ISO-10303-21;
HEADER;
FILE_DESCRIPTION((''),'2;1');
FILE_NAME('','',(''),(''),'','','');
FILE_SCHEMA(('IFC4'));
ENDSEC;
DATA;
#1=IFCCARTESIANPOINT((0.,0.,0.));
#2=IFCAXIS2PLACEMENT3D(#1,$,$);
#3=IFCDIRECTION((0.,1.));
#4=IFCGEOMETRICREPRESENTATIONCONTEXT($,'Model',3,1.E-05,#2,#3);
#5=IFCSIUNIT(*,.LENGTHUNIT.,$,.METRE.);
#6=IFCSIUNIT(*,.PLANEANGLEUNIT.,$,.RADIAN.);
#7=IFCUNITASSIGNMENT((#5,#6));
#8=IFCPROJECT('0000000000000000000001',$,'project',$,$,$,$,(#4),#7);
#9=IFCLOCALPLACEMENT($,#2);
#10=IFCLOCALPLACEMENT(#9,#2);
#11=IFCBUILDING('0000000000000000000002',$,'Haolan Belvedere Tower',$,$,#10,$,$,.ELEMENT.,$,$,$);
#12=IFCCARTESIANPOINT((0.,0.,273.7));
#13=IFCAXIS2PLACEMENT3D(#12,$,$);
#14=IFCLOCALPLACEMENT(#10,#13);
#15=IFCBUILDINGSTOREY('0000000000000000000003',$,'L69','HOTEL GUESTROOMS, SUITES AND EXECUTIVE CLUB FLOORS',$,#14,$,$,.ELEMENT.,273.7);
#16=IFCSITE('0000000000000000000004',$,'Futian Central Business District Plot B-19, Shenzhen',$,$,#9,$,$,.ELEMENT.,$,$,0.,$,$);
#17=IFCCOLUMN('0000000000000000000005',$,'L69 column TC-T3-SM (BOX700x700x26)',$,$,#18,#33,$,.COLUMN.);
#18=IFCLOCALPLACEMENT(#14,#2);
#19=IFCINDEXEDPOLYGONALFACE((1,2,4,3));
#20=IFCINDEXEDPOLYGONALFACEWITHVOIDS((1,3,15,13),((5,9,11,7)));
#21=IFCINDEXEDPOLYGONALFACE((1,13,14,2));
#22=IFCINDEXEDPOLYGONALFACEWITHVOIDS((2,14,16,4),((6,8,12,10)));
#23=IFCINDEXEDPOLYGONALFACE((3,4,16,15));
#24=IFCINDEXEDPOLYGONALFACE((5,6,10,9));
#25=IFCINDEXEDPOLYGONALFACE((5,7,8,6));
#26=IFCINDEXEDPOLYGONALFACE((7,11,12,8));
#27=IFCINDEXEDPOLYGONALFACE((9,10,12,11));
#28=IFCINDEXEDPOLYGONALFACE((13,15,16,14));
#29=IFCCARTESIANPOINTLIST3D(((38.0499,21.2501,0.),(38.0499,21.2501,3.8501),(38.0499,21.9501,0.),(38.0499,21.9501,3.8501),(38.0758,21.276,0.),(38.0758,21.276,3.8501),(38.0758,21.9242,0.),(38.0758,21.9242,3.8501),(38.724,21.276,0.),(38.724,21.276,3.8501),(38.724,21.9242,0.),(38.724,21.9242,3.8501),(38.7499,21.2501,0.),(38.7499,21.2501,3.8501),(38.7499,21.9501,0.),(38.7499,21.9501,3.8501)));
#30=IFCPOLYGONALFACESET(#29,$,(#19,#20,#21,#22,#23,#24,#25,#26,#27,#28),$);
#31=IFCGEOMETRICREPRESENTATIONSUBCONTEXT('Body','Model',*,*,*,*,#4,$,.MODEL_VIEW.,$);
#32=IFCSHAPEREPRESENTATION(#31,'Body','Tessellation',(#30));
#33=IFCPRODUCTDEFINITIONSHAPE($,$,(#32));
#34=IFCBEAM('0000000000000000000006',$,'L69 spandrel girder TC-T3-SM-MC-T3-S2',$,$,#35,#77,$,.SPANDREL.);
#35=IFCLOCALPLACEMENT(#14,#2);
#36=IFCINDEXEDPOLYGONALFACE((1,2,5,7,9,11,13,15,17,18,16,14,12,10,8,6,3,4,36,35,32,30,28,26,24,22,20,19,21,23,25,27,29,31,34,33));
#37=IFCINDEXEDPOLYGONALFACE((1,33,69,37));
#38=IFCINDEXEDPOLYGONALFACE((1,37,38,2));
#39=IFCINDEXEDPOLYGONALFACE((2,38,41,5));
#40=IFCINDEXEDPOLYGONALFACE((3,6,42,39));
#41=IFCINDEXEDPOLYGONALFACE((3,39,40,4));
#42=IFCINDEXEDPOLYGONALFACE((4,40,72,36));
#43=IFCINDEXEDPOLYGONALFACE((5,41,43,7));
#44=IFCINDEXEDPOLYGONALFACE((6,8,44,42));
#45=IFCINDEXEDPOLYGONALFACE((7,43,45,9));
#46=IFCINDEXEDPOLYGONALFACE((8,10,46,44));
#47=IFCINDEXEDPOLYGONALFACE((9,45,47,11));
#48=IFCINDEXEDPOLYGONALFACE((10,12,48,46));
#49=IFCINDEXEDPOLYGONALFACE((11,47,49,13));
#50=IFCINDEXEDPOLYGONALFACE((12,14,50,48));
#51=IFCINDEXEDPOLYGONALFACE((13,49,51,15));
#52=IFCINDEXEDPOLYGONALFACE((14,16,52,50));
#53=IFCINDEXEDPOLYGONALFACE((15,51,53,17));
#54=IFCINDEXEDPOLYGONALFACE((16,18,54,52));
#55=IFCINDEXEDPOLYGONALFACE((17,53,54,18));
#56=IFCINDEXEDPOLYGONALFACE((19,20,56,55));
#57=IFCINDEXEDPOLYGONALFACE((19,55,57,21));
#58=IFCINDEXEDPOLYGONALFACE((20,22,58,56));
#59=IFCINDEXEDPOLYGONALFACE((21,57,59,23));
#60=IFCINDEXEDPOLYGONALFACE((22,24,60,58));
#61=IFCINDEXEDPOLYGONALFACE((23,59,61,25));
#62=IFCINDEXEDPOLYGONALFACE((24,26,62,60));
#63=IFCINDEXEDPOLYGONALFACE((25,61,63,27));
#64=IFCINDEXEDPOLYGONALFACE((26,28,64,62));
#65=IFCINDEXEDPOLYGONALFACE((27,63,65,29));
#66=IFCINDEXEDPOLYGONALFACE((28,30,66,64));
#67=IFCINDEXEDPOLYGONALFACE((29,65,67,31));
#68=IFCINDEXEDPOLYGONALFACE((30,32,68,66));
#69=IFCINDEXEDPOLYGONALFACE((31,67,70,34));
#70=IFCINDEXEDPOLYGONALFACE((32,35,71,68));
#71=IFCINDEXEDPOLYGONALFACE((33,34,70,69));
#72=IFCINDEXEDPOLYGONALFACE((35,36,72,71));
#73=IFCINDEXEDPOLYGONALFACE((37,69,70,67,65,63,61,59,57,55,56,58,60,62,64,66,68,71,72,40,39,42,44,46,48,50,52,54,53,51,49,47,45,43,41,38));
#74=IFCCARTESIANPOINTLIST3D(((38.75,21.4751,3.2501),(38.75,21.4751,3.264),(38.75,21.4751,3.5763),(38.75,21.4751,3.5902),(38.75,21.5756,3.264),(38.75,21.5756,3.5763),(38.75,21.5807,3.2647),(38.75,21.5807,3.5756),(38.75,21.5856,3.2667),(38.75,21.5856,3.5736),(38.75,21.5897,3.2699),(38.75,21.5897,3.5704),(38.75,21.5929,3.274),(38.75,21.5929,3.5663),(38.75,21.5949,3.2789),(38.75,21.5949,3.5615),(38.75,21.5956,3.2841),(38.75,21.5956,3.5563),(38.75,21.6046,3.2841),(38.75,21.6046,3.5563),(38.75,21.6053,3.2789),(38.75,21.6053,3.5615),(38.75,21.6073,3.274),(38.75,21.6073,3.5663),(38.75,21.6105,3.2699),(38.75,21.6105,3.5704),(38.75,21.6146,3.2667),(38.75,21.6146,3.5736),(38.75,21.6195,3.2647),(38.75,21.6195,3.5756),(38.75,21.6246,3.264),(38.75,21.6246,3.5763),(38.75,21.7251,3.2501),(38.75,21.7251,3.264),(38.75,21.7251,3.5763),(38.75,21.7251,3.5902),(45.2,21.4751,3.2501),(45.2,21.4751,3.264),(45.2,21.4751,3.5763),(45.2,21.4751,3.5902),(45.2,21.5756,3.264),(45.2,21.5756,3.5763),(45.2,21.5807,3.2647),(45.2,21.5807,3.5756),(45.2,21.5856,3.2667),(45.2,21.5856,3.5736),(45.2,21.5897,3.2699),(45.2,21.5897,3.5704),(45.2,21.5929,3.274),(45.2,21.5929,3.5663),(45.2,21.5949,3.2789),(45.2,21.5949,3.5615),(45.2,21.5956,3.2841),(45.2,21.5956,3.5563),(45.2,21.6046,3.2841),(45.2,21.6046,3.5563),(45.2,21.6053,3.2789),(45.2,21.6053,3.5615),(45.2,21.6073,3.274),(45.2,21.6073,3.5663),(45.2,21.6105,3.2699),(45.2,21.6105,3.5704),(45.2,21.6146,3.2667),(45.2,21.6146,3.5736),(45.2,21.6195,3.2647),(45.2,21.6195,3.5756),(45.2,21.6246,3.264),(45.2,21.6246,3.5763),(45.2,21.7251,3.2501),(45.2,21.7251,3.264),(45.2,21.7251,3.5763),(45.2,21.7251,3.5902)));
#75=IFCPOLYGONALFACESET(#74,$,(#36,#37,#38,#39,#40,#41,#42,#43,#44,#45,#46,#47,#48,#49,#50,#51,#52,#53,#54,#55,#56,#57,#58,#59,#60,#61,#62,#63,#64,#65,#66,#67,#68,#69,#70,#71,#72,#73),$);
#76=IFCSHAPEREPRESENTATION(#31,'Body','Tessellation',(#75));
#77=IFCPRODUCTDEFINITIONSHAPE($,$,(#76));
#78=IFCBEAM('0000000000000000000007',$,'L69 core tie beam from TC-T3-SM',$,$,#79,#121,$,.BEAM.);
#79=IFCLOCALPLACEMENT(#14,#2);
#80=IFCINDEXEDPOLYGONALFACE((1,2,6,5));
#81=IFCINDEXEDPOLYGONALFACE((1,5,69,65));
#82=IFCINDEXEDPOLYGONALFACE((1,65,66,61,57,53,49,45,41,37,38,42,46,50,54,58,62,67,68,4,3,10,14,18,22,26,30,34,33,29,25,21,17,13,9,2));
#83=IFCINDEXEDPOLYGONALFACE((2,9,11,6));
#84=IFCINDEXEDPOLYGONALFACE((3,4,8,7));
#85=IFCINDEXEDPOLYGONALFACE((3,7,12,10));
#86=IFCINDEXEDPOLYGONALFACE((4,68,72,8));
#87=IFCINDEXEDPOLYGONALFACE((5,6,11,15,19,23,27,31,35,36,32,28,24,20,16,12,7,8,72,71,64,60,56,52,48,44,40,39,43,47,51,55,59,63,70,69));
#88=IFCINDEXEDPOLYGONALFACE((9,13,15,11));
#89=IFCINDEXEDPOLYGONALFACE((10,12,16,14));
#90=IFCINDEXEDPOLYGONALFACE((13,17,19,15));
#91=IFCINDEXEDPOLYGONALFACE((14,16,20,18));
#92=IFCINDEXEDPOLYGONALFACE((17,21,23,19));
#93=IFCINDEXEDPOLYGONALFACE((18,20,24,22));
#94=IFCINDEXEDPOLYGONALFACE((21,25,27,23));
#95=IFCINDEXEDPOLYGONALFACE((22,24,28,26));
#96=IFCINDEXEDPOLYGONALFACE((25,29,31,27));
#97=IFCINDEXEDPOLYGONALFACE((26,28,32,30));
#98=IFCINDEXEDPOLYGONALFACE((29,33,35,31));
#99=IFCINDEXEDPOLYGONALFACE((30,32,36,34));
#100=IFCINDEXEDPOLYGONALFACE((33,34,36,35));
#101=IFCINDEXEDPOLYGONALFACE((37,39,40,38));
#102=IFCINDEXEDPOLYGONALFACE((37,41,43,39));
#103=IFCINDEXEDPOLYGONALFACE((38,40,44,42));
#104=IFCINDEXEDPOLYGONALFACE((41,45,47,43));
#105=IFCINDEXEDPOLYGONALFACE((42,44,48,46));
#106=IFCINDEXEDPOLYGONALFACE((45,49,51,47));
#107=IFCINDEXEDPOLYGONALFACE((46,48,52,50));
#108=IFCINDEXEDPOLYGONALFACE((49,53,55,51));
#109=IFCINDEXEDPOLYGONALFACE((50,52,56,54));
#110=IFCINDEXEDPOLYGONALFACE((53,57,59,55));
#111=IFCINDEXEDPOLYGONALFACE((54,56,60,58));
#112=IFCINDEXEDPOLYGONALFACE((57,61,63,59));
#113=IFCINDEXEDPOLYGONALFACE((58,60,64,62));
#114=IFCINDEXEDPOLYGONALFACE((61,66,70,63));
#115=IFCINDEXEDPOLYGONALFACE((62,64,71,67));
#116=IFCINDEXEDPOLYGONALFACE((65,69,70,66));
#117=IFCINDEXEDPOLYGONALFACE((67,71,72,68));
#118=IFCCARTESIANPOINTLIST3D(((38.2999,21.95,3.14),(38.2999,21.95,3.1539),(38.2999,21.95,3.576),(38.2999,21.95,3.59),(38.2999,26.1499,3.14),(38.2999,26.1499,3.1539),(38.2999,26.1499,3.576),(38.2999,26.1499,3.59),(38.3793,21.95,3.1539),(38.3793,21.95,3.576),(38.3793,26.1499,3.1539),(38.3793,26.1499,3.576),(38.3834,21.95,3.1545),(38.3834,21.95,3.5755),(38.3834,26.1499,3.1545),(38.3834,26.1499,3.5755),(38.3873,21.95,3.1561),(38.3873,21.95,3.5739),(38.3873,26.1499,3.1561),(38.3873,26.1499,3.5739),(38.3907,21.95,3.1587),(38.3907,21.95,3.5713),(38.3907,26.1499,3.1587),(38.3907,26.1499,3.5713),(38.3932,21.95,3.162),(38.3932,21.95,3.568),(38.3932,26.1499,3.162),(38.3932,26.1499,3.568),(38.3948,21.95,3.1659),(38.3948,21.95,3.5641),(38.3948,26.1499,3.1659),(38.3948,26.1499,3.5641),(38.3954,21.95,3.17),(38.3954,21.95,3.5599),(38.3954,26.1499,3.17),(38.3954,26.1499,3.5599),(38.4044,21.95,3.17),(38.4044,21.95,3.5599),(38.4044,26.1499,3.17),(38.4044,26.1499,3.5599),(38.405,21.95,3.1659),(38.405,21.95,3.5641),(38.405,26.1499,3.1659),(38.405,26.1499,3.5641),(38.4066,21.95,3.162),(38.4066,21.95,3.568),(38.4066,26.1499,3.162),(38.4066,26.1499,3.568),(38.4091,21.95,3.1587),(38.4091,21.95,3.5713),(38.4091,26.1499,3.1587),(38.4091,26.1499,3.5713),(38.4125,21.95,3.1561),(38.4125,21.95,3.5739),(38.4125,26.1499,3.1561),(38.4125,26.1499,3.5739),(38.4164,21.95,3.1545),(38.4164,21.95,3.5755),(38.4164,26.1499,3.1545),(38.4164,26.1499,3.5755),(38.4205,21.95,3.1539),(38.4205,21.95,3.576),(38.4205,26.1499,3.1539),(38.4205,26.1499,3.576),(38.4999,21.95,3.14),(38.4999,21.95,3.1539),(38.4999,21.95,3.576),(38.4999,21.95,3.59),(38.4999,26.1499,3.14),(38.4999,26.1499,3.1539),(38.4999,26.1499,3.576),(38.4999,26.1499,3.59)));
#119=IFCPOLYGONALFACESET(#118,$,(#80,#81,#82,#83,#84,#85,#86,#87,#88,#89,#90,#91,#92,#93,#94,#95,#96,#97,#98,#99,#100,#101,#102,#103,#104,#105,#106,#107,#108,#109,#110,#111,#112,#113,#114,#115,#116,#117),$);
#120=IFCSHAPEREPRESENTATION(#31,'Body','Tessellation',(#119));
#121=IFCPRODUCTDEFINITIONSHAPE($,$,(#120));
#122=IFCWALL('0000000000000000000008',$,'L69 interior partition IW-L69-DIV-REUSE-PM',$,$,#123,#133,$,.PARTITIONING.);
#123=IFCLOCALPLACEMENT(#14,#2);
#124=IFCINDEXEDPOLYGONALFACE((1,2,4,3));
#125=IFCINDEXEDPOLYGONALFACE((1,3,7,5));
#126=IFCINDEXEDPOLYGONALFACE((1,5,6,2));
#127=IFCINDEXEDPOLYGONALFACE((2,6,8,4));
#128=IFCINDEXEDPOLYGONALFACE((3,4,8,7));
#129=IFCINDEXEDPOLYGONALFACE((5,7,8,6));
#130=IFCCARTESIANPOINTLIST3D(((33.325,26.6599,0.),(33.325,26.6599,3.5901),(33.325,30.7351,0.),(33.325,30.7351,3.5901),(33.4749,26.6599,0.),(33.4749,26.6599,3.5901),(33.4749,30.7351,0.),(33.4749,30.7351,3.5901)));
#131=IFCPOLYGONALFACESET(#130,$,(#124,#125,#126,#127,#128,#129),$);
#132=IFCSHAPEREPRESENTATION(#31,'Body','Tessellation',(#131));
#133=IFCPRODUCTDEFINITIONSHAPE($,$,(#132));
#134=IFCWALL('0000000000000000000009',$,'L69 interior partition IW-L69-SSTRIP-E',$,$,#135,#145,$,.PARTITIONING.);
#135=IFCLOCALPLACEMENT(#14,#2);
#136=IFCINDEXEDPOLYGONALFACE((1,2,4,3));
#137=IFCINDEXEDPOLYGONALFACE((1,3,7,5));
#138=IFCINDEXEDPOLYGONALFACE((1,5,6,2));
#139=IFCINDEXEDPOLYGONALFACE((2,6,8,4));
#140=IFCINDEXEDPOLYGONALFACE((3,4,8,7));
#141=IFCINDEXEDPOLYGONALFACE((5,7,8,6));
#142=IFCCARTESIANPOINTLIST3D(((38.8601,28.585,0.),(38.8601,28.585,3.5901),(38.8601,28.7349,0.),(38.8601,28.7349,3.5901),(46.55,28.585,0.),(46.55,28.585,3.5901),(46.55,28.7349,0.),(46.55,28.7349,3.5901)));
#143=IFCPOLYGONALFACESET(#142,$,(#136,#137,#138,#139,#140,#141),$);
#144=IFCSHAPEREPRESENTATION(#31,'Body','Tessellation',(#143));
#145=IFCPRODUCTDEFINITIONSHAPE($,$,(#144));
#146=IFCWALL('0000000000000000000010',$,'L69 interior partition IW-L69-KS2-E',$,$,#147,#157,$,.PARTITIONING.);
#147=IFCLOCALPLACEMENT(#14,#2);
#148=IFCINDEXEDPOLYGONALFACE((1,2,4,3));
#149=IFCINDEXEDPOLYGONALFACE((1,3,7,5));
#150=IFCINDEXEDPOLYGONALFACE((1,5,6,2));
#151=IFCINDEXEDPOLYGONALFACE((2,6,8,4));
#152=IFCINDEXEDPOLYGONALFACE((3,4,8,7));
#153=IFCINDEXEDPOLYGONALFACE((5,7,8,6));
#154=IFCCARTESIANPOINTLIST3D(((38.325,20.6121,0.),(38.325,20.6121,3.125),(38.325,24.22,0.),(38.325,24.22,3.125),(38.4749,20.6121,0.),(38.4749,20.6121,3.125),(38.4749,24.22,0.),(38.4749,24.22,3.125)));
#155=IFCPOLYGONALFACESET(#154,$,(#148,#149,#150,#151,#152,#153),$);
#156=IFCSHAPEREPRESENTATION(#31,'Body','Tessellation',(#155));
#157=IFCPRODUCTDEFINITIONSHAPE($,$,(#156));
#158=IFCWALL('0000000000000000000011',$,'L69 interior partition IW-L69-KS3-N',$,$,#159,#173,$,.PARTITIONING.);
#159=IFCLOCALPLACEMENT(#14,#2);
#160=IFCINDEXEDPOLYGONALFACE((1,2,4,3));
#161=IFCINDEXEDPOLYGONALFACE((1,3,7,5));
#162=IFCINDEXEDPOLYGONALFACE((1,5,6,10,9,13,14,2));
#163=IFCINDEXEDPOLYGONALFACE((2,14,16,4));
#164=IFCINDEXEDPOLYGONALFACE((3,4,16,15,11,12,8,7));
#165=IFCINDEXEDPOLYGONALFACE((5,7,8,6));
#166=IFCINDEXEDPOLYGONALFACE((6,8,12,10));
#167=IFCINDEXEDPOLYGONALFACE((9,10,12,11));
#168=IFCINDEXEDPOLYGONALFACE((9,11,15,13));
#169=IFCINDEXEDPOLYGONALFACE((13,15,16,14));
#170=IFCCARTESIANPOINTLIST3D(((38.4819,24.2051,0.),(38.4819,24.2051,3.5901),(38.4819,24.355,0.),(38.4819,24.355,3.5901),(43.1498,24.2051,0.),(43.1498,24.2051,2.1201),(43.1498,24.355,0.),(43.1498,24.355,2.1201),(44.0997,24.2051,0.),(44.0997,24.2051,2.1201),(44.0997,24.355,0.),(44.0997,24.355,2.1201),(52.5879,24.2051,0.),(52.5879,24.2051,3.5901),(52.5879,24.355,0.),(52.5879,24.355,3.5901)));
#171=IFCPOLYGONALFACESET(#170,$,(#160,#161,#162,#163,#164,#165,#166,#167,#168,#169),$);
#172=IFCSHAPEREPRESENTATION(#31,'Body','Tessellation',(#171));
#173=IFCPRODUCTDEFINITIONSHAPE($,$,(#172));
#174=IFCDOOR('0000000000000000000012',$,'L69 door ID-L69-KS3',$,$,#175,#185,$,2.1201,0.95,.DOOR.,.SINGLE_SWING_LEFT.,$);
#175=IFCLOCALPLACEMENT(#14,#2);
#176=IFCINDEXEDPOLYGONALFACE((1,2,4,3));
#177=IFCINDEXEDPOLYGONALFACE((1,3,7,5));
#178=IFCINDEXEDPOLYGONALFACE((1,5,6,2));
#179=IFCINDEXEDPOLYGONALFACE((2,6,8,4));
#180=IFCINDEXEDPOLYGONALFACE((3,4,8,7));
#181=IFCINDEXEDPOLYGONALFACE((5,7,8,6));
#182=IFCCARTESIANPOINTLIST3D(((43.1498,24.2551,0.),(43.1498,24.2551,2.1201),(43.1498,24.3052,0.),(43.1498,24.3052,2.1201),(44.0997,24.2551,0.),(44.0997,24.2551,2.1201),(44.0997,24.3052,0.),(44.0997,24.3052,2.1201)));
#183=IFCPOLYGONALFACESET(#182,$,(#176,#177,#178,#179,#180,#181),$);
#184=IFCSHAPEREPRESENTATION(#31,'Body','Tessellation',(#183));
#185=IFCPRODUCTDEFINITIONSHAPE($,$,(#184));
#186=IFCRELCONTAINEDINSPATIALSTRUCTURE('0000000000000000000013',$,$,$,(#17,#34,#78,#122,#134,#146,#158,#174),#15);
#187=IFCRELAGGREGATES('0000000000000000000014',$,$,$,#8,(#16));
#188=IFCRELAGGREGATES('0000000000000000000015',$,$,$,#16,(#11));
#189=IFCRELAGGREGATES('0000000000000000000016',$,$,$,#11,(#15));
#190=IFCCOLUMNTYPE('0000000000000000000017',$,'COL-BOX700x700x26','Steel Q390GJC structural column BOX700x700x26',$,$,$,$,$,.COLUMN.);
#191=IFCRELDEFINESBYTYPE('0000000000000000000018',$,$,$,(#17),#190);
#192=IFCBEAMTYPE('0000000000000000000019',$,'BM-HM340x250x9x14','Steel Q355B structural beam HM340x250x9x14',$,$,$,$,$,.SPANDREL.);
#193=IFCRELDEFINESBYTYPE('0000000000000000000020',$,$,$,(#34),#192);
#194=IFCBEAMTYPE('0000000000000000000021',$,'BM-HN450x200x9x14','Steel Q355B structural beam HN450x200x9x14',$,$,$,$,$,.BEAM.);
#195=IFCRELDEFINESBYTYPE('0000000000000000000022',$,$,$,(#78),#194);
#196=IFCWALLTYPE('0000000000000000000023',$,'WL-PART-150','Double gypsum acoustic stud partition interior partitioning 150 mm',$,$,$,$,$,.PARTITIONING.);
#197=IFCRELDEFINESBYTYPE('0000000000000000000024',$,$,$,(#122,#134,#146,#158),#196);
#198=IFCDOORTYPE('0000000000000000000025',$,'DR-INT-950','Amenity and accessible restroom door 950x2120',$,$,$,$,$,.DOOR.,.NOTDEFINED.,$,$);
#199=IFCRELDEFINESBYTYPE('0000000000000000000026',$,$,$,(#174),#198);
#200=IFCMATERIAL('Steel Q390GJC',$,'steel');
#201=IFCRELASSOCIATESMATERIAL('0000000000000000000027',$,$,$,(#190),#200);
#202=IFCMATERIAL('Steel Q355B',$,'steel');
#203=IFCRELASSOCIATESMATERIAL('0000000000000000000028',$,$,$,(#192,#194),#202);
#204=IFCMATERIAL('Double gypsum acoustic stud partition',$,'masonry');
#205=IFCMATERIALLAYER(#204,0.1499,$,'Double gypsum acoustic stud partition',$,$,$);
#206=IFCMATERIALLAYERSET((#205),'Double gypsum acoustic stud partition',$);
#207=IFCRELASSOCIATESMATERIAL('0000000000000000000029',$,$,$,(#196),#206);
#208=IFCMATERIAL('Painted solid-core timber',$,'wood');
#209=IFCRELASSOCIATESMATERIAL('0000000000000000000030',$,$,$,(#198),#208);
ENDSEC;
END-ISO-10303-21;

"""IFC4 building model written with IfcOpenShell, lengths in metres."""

from ifc_helpers import new_model, si_unit, direction, frame, frame_2d, origin, origin_2d, place, context, subcontext, project, spatial, rectangle, hollow_rectangle, i_section, extrude, material, layer, layer_set, material_profile, profile_set, type_object, element, fill, save


model = new_model("IFC4")

# Units and contexts
model_context = context("Model", 3, precision=1e-05, world=origin(), true_north=direction((0.0, 1.0)))
body_context = subcontext(model_context, "Body", "Model", "MODEL_VIEW")
ifc_project = project(units=[si_unit("LENGTHUNIT", "METRE"), si_unit("PLANEANGLEUNIT", "RADIAN")], contexts=[model_context])

# Site, building, storey
site_placement = place(None, origin())
site = spatial("IfcSite", under=ifc_project, at=site_placement, Name="Futian Central Business District Plot B-19, Shenzhen", CompositionType="ELEMENT", RefElevation=0.0)
building_placement = place(site_placement, origin())
building = spatial("IfcBuilding", under=site, at=building_placement, Name="Haolan Belvedere Tower", CompositionType="ELEMENT")
storey_placement = place(building_placement, frame((0.0, 0.0, 273.7)))
storey = spatial("IfcBuildingStorey", under=building, at=storey_placement, Name="L69", Description="HOTEL GUESTROOMS, SUITES AND EXECUTIVE CLUB FLOORS", CompositionType="ELEMENT", Elevation=273.7)

# Column
ifc_material_1 = material(Name="Steel Q390GJC", Category="steel")
ifc_material_profile_1 = material_profile(ifc_material_1, hollow_rectangle(XDim=0.7, YDim=0.7, WallThickness=0.0259, at=origin_2d()), Name="Steel Q390GJC")
ifc_profile_set_1 = profile_set([ifc_material_profile_1], Name="Steel Q390GJC")
column_type = type_object("IfcColumnType", Name="COL-BOX700x700x26", Description="Steel Q390GJC structural column BOX700x700x26", PredefinedType="COLUMN", material=ifc_profile_set_1)
column_placement = place(storey_placement, frame((38.3999, 21.6001, 0.0), z_axis=(0.0, 0.0, 1.0), x_axis=(1.0, 0.0, 0.0)))
element("IfcColumn", 1, at=column_placement, inside=storey, type_object=column_type, Name="L69 column TC-T3-SM (BOX700x700x26)", PredefinedType="COLUMN", context=body_context, shape_type="SweptSolid", body=[
    extrude(hollow_rectangle(XDim=0.7, YDim=0.7, WallThickness=0.0259, at=origin_2d()), origin(), (0.0, 0.0, 1.0), 3.8501),
])

# Beams
ifc_material_2 = material(Name="Steel Q355B", Category="steel")
ifc_material_profile_2 = material_profile(ifc_material_2, i_section(OverallWidth=0.25, OverallDepth=0.3401, WebThickness=0.009, FlangeThickness=0.0139, FilletRadius=0.02, at=origin_2d()), Name="Steel Q355B")
ifc_profile_set_2 = profile_set([ifc_material_profile_2], Name="Steel Q355B")
beam_type_1 = type_object("IfcBeamType", Name="BM-HM340x250x9x14", Description="Steel Q355B structural beam HM340x250x9x14", PredefinedType="SPANDREL", material=ifc_profile_set_2)
beam_1_placement = place(storey_placement, frame((38.75, 21.6001, 3.4202), z_axis=(1.0, 0.0, 0.0), x_axis=(0.0, 1.0, 0.0)))
element("IfcBeam", 2, at=beam_1_placement, inside=storey, type_object=beam_type_1, Name="L69 spandrel girder TC-T3-SM-MC-T3-S2", PredefinedType="SPANDREL", context=body_context, shape_type="SweptSolid", body=[
    extrude(i_section(OverallWidth=0.25, OverallDepth=0.3401, WebThickness=0.009, FlangeThickness=0.0139, FilletRadius=0.02, at=origin_2d()), origin(), (0.0, 0.0, 1.0), 6.45),
])
ifc_material_profile_3 = material_profile(ifc_material_2, i_section(OverallWidth=0.2, OverallDepth=0.45, WebThickness=0.009, FlangeThickness=0.0139, FilletRadius=0.0161, at=origin_2d()), Name="Steel Q355B")
ifc_profile_set_3 = profile_set([ifc_material_profile_3], Name="Steel Q355B")
beam_type_2 = type_object("IfcBeamType", Name="BM-HN450x200x9x14", Description="Steel Q355B structural beam HN450x200x9x14", PredefinedType="BEAM", material=ifc_profile_set_3)
beam_2_placement = place(storey_placement, frame((38.3999, 21.95, 3.365), z_axis=(0.0, 1.0, 0.0), x_axis=(-1.0, 0.0, 0.0)))
element("IfcBeam", 3, at=beam_2_placement, inside=storey, type_object=beam_type_2, Name="L69 core tie beam from TC-T3-SM", PredefinedType="BEAM", context=body_context, shape_type="SweptSolid", body=[
    extrude(i_section(OverallWidth=0.2, OverallDepth=0.45, WebThickness=0.009, FlangeThickness=0.0139, FilletRadius=0.0161, at=origin_2d()), origin(), (0.0, 0.0, 1.0), 4.2),
])

# Walls
ifc_material_3 = material(Name="Double gypsum acoustic stud partition", Category="masonry")
ifc_layer_1 = layer(ifc_material_3, 0.1499, Name="Double gypsum acoustic stud partition")
ifc_layer_set_1 = layer_set([ifc_layer_1], Name="Double gypsum acoustic stud partition")
wall_type_1 = type_object("IfcWallType", Name="WL-PART-150", Description="Double gypsum acoustic stud partition interior partitioning 150 mm", PredefinedType="PARTITIONING", material=ifc_layer_set_1)
wall_1_placement = place(storey_placement, frame((33.3999, 26.6599, 0.0), z_axis=(0.0, 0.0, 1.0), x_axis=(0.0, 1.0, 0.0)))
element("IfcWall", 4, at=wall_1_placement, inside=storey, type_object=wall_type_1, Name="L69 interior partition IW-L69-DIV-REUSE-PM", PredefinedType="PARTITIONING", context=body_context, shape_type="SweptSolid", body=[
    extrude(rectangle(XDim=4.0752, YDim=0.1499, at=frame_2d((2.0376, 0.0))), origin(), (0.0, 0.0, 1.0), 3.5901),
])
wall_2_placement = place(storey_placement, frame((38.8601, 28.6599, 0.0), z_axis=(0.0, 0.0, 1.0), x_axis=(1.0, 0.0, 0.0)))
element("IfcWall", 5, at=wall_2_placement, inside=storey, type_object=wall_type_1, Name="L69 interior partition IW-L69-SSTRIP-E", PredefinedType="PARTITIONING", context=body_context, shape_type="SweptSolid", body=[
    extrude(rectangle(XDim=7.6899, YDim=0.1499, at=frame_2d((3.845, 0.0))), origin(), (0.0, 0.0, 1.0), 3.5901),
])
wall_3_placement = place(storey_placement, frame((38.3999, 20.6121, 0.0), z_axis=(0.0, 0.0, 1.0), x_axis=(0.0, 1.0, 0.0)))
element("IfcWall", 6, at=wall_3_placement, inside=storey, type_object=wall_type_1, Name="L69 interior partition IW-L69-KS2-E", PredefinedType="PARTITIONING", context=body_context, shape_type="SweptSolid", body=[
    extrude(rectangle(XDim=3.6079, YDim=0.1499, at=frame_2d((1.804, 0.0))), origin(), (0.0, 0.0, 1.0), 3.125),
])

# Wall, opening, door
wall_4_placement = place(storey_placement, frame((38.4819, 24.28, 0.0), z_axis=(0.0, 0.0, 1.0), x_axis=(1.0, 0.0, 0.0)))
wall_4 = element("IfcWall", 7, at=wall_4_placement, inside=storey, type_object=wall_type_1, Name="L69 interior partition IW-L69-KS3-N", PredefinedType="PARTITIONING", context=body_context, shape_type="SweptSolid", body=[
    extrude(rectangle(XDim=14.106, YDim=0.1499, at=frame_2d((7.053, 0.0))), origin(), (0.0, 0.0, 1.0), 3.5901),
])
opening_1_placement = place(wall_4_placement, frame((5.6179, 0.0, 0.0), z_axis=(0.0, 0.0, 1.0), x_axis=(-1.0, 0.0, 0.0)))
opening_1 = element("IfcOpeningElement", 8, at=opening_1_placement, cuts=wall_4, PredefinedType="OPENING", context=body_context, shape_type="SweptSolid", body=[
    extrude(rectangle(XDim=0.95, YDim=2.1201, at=frame_2d((0.4751, 1.0601))), frame((0.0, 0.085, 0.0), z_axis=(0.0, -1.0, 0.0), x_axis=(1.0, 0.0, 0.0)), (0.0, 0.0, 1.0), 0.1699),
])
ifc_material_4 = material(Name="Painted solid-core timber", Category="wood")
door_type_1 = type_object("IfcDoorType", Name="DR-INT-950", Description="Amenity and accessible restroom door 950x2120", OperationType="NOTDEFINED", PredefinedType="DOOR", material=ifc_material_4)
door_1_placement = place(opening_1_placement, origin())
door_1 = element("IfcDoor", 9, at=door_1_placement, inside=storey, type_object=door_type_1, Name="L69 door ID-L69-KS3", OperationType="SINGLE_SWING_LEFT", OverallHeight=2.1201, OverallWidth=0.95, PredefinedType="DOOR", context=body_context, shape_type="SweptSolid", body=[
    extrude(rectangle(XDim=0.95, YDim=2.1201, at=frame_2d((0.4751, 1.0601))), frame((0.0, 0.0249, 0.0), z_axis=(0.0, -1.0, 0.0), x_axis=(1.0, 0.0, 0.0)), (0.0, 0.0, 1.0), 0.05),
])
fill(opening_1, door_1)

save(model, "model.ifc")
